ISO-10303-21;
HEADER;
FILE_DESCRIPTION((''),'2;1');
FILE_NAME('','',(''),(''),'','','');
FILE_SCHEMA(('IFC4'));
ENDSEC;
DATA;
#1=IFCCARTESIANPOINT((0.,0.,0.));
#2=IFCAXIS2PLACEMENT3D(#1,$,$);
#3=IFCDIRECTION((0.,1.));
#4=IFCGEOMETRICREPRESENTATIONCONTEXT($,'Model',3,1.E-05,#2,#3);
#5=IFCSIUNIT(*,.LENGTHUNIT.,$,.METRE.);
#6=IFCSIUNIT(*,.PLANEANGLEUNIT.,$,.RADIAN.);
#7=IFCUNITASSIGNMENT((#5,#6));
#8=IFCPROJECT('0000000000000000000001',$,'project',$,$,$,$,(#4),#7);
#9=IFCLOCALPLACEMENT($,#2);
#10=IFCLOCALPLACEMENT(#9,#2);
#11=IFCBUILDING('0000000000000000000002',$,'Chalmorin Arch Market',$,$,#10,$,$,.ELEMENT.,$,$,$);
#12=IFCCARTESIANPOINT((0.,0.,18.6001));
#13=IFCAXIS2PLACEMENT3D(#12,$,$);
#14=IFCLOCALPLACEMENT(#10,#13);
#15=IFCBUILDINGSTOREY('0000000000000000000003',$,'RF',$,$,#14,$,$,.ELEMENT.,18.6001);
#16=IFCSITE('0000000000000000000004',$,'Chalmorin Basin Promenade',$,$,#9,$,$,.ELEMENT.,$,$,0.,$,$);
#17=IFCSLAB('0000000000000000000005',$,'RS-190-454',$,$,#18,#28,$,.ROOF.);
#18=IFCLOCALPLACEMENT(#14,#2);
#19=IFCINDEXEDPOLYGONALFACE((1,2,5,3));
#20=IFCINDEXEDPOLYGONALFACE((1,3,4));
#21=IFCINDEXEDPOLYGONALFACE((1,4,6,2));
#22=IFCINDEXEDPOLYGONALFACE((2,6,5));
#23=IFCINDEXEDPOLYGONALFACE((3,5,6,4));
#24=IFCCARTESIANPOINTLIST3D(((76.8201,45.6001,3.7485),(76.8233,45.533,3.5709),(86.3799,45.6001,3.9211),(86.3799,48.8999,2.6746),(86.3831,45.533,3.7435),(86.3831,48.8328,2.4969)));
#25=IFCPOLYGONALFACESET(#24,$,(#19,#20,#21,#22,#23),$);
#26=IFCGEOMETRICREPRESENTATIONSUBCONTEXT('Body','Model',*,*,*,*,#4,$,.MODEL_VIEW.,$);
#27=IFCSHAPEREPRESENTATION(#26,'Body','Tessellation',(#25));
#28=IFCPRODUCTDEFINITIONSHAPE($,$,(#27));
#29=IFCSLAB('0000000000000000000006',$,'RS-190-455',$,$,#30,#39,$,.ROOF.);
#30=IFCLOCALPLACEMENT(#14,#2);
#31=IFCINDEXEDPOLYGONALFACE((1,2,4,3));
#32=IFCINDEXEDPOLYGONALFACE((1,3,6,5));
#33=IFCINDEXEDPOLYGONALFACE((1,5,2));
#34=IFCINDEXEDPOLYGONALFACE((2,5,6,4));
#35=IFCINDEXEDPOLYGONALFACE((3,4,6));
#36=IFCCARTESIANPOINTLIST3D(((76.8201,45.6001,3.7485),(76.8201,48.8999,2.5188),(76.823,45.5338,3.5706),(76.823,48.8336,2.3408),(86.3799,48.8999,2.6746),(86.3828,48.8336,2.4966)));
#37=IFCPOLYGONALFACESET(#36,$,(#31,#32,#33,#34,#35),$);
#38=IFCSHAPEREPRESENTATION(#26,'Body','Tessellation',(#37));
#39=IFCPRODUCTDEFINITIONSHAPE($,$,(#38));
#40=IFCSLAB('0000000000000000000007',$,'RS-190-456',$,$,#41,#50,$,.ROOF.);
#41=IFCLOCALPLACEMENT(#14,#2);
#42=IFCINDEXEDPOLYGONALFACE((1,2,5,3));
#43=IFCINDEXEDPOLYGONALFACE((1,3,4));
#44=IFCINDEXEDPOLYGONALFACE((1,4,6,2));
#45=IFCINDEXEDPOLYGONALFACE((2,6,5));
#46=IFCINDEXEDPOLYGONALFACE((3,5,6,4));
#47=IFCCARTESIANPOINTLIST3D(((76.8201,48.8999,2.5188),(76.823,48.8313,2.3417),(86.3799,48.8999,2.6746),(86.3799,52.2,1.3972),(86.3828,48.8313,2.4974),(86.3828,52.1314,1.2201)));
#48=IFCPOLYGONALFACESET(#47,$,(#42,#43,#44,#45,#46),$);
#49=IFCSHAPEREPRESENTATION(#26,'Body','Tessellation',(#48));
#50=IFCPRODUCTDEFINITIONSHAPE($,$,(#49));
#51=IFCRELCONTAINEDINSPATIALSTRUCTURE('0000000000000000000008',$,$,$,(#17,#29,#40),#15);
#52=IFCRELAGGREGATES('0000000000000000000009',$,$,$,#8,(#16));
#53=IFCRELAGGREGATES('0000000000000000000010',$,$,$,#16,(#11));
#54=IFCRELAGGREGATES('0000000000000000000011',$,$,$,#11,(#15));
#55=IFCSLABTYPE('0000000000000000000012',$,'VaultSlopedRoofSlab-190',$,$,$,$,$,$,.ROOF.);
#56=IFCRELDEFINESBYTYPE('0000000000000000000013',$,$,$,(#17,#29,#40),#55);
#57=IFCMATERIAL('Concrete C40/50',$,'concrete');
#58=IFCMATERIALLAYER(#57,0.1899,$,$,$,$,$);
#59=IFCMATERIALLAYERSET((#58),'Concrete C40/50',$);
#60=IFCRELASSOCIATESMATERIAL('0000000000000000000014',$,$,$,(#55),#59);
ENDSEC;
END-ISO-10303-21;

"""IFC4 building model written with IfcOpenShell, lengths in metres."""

from ifc_helpers import new_model, si_unit, direction, frame, origin, place, context, subcontext, project, spatial, polyline, outline, extrude, material, layer, layer_set, type_object, element, save


model = new_model("IFC4")

# Units and contexts
model_context = context("Model", 3, precision=1e-05, world=origin(), true_north=direction((0.0, 1.0)))
body_context = subcontext(model_context, "Body", "Model", "MODEL_VIEW")
ifc_project = project(units=[si_unit("LENGTHUNIT", "METRE"), si_unit("PLANEANGLEUNIT", "RADIAN")], contexts=[model_context])

# Site, building, storey
site_placement = place(None, origin())
site = spatial("IfcSite", under=ifc_project, at=site_placement, Name="Chalmorin Basin Promenade", CompositionType="ELEMENT", RefElevation=0.0)
building_placement = place(site_placement, origin())
building = spatial("IfcBuilding", under=site, at=building_placement, Name="Chalmorin Arch Market", CompositionType="ELEMENT")
storey_placement = place(building_placement, frame((0.0, 0.0, 18.6001)))
storey = spatial("IfcBuildingStorey", under=building, at=storey_placement, Name="RF", CompositionType="ELEMENT", Elevation=18.6001)

# Slabs
ifc_material_1 = material(Name="Concrete C40/50", Category="concrete")
ifc_layer_1 = layer(ifc_material_1, 0.1899)
ifc_layer_set_1 = layer_set([ifc_layer_1], Name="Concrete C40/50")
slab_type = type_object("IfcSlabType", Name="VaultSlopedRoofSlab-190", PredefinedType="ROOF", material=ifc_layer_set_1)
slab_1_placement = place(storey_placement, frame((76.8201, 45.6001, 3.7485), z_axis=(-0.016888, 0.353347, 0.93534), x_axis=(0.999837, 0.0, 0.018053)))
element("IfcSlab", 1, at=slab_1_placement, inside=storey, type_object=slab_type, Name="RS-190-454", PredefinedType="ROOF", context=body_context, shape_type="SweptSolid", body=[
    extrude(outline(polyline([(0.0, 0.0), (9.5614, 0.0), (9.5389, 3.5273), (0.0, 0.0)])), origin(), (0.0, 0.0, -1.0), 0.1899),
])
slab_2_placement = place(storey_placement, frame((76.8201, 45.6001, 3.7485), z_axis=(-0.015266, 0.349167, 0.936936), x_axis=(0.939986, 0.324459, -0.105601)))
element("IfcSlab", 2, at=slab_2_placement, inside=storey, type_object=slab_type, Name="RS-190-455", PredefinedType="ROOF", context=body_context, shape_type="SweptSolid", body=[
    extrude(outline(polyline([(0.0, 0.0), (10.1702, 0.0), (1.2005, 3.3105), (0.0, 0.0)])), origin(), (0.0, 0.0, -1.0), 0.1899),
])
slab_3_placement = place(storey_placement, frame((76.8201, 48.8999, 2.5188), z_axis=(-0.015193, 0.360929, 0.932469), x_axis=(0.999867, 0.0, 0.016291)))
element("IfcSlab", 3, at=slab_3_placement, inside=storey, type_object=slab_type, Name="RS-190-456", PredefinedType="ROOF", context=body_context, shape_type="SweptSolid", body=[
    extrude(outline(polyline([(0.0, 0.0), (9.5611, 0.0), (9.5403, 3.5386), (0.0, 0.0)])), origin(), (0.0, 0.0, -1.0), 0.1899),
])

save(model, "model.ifc")
